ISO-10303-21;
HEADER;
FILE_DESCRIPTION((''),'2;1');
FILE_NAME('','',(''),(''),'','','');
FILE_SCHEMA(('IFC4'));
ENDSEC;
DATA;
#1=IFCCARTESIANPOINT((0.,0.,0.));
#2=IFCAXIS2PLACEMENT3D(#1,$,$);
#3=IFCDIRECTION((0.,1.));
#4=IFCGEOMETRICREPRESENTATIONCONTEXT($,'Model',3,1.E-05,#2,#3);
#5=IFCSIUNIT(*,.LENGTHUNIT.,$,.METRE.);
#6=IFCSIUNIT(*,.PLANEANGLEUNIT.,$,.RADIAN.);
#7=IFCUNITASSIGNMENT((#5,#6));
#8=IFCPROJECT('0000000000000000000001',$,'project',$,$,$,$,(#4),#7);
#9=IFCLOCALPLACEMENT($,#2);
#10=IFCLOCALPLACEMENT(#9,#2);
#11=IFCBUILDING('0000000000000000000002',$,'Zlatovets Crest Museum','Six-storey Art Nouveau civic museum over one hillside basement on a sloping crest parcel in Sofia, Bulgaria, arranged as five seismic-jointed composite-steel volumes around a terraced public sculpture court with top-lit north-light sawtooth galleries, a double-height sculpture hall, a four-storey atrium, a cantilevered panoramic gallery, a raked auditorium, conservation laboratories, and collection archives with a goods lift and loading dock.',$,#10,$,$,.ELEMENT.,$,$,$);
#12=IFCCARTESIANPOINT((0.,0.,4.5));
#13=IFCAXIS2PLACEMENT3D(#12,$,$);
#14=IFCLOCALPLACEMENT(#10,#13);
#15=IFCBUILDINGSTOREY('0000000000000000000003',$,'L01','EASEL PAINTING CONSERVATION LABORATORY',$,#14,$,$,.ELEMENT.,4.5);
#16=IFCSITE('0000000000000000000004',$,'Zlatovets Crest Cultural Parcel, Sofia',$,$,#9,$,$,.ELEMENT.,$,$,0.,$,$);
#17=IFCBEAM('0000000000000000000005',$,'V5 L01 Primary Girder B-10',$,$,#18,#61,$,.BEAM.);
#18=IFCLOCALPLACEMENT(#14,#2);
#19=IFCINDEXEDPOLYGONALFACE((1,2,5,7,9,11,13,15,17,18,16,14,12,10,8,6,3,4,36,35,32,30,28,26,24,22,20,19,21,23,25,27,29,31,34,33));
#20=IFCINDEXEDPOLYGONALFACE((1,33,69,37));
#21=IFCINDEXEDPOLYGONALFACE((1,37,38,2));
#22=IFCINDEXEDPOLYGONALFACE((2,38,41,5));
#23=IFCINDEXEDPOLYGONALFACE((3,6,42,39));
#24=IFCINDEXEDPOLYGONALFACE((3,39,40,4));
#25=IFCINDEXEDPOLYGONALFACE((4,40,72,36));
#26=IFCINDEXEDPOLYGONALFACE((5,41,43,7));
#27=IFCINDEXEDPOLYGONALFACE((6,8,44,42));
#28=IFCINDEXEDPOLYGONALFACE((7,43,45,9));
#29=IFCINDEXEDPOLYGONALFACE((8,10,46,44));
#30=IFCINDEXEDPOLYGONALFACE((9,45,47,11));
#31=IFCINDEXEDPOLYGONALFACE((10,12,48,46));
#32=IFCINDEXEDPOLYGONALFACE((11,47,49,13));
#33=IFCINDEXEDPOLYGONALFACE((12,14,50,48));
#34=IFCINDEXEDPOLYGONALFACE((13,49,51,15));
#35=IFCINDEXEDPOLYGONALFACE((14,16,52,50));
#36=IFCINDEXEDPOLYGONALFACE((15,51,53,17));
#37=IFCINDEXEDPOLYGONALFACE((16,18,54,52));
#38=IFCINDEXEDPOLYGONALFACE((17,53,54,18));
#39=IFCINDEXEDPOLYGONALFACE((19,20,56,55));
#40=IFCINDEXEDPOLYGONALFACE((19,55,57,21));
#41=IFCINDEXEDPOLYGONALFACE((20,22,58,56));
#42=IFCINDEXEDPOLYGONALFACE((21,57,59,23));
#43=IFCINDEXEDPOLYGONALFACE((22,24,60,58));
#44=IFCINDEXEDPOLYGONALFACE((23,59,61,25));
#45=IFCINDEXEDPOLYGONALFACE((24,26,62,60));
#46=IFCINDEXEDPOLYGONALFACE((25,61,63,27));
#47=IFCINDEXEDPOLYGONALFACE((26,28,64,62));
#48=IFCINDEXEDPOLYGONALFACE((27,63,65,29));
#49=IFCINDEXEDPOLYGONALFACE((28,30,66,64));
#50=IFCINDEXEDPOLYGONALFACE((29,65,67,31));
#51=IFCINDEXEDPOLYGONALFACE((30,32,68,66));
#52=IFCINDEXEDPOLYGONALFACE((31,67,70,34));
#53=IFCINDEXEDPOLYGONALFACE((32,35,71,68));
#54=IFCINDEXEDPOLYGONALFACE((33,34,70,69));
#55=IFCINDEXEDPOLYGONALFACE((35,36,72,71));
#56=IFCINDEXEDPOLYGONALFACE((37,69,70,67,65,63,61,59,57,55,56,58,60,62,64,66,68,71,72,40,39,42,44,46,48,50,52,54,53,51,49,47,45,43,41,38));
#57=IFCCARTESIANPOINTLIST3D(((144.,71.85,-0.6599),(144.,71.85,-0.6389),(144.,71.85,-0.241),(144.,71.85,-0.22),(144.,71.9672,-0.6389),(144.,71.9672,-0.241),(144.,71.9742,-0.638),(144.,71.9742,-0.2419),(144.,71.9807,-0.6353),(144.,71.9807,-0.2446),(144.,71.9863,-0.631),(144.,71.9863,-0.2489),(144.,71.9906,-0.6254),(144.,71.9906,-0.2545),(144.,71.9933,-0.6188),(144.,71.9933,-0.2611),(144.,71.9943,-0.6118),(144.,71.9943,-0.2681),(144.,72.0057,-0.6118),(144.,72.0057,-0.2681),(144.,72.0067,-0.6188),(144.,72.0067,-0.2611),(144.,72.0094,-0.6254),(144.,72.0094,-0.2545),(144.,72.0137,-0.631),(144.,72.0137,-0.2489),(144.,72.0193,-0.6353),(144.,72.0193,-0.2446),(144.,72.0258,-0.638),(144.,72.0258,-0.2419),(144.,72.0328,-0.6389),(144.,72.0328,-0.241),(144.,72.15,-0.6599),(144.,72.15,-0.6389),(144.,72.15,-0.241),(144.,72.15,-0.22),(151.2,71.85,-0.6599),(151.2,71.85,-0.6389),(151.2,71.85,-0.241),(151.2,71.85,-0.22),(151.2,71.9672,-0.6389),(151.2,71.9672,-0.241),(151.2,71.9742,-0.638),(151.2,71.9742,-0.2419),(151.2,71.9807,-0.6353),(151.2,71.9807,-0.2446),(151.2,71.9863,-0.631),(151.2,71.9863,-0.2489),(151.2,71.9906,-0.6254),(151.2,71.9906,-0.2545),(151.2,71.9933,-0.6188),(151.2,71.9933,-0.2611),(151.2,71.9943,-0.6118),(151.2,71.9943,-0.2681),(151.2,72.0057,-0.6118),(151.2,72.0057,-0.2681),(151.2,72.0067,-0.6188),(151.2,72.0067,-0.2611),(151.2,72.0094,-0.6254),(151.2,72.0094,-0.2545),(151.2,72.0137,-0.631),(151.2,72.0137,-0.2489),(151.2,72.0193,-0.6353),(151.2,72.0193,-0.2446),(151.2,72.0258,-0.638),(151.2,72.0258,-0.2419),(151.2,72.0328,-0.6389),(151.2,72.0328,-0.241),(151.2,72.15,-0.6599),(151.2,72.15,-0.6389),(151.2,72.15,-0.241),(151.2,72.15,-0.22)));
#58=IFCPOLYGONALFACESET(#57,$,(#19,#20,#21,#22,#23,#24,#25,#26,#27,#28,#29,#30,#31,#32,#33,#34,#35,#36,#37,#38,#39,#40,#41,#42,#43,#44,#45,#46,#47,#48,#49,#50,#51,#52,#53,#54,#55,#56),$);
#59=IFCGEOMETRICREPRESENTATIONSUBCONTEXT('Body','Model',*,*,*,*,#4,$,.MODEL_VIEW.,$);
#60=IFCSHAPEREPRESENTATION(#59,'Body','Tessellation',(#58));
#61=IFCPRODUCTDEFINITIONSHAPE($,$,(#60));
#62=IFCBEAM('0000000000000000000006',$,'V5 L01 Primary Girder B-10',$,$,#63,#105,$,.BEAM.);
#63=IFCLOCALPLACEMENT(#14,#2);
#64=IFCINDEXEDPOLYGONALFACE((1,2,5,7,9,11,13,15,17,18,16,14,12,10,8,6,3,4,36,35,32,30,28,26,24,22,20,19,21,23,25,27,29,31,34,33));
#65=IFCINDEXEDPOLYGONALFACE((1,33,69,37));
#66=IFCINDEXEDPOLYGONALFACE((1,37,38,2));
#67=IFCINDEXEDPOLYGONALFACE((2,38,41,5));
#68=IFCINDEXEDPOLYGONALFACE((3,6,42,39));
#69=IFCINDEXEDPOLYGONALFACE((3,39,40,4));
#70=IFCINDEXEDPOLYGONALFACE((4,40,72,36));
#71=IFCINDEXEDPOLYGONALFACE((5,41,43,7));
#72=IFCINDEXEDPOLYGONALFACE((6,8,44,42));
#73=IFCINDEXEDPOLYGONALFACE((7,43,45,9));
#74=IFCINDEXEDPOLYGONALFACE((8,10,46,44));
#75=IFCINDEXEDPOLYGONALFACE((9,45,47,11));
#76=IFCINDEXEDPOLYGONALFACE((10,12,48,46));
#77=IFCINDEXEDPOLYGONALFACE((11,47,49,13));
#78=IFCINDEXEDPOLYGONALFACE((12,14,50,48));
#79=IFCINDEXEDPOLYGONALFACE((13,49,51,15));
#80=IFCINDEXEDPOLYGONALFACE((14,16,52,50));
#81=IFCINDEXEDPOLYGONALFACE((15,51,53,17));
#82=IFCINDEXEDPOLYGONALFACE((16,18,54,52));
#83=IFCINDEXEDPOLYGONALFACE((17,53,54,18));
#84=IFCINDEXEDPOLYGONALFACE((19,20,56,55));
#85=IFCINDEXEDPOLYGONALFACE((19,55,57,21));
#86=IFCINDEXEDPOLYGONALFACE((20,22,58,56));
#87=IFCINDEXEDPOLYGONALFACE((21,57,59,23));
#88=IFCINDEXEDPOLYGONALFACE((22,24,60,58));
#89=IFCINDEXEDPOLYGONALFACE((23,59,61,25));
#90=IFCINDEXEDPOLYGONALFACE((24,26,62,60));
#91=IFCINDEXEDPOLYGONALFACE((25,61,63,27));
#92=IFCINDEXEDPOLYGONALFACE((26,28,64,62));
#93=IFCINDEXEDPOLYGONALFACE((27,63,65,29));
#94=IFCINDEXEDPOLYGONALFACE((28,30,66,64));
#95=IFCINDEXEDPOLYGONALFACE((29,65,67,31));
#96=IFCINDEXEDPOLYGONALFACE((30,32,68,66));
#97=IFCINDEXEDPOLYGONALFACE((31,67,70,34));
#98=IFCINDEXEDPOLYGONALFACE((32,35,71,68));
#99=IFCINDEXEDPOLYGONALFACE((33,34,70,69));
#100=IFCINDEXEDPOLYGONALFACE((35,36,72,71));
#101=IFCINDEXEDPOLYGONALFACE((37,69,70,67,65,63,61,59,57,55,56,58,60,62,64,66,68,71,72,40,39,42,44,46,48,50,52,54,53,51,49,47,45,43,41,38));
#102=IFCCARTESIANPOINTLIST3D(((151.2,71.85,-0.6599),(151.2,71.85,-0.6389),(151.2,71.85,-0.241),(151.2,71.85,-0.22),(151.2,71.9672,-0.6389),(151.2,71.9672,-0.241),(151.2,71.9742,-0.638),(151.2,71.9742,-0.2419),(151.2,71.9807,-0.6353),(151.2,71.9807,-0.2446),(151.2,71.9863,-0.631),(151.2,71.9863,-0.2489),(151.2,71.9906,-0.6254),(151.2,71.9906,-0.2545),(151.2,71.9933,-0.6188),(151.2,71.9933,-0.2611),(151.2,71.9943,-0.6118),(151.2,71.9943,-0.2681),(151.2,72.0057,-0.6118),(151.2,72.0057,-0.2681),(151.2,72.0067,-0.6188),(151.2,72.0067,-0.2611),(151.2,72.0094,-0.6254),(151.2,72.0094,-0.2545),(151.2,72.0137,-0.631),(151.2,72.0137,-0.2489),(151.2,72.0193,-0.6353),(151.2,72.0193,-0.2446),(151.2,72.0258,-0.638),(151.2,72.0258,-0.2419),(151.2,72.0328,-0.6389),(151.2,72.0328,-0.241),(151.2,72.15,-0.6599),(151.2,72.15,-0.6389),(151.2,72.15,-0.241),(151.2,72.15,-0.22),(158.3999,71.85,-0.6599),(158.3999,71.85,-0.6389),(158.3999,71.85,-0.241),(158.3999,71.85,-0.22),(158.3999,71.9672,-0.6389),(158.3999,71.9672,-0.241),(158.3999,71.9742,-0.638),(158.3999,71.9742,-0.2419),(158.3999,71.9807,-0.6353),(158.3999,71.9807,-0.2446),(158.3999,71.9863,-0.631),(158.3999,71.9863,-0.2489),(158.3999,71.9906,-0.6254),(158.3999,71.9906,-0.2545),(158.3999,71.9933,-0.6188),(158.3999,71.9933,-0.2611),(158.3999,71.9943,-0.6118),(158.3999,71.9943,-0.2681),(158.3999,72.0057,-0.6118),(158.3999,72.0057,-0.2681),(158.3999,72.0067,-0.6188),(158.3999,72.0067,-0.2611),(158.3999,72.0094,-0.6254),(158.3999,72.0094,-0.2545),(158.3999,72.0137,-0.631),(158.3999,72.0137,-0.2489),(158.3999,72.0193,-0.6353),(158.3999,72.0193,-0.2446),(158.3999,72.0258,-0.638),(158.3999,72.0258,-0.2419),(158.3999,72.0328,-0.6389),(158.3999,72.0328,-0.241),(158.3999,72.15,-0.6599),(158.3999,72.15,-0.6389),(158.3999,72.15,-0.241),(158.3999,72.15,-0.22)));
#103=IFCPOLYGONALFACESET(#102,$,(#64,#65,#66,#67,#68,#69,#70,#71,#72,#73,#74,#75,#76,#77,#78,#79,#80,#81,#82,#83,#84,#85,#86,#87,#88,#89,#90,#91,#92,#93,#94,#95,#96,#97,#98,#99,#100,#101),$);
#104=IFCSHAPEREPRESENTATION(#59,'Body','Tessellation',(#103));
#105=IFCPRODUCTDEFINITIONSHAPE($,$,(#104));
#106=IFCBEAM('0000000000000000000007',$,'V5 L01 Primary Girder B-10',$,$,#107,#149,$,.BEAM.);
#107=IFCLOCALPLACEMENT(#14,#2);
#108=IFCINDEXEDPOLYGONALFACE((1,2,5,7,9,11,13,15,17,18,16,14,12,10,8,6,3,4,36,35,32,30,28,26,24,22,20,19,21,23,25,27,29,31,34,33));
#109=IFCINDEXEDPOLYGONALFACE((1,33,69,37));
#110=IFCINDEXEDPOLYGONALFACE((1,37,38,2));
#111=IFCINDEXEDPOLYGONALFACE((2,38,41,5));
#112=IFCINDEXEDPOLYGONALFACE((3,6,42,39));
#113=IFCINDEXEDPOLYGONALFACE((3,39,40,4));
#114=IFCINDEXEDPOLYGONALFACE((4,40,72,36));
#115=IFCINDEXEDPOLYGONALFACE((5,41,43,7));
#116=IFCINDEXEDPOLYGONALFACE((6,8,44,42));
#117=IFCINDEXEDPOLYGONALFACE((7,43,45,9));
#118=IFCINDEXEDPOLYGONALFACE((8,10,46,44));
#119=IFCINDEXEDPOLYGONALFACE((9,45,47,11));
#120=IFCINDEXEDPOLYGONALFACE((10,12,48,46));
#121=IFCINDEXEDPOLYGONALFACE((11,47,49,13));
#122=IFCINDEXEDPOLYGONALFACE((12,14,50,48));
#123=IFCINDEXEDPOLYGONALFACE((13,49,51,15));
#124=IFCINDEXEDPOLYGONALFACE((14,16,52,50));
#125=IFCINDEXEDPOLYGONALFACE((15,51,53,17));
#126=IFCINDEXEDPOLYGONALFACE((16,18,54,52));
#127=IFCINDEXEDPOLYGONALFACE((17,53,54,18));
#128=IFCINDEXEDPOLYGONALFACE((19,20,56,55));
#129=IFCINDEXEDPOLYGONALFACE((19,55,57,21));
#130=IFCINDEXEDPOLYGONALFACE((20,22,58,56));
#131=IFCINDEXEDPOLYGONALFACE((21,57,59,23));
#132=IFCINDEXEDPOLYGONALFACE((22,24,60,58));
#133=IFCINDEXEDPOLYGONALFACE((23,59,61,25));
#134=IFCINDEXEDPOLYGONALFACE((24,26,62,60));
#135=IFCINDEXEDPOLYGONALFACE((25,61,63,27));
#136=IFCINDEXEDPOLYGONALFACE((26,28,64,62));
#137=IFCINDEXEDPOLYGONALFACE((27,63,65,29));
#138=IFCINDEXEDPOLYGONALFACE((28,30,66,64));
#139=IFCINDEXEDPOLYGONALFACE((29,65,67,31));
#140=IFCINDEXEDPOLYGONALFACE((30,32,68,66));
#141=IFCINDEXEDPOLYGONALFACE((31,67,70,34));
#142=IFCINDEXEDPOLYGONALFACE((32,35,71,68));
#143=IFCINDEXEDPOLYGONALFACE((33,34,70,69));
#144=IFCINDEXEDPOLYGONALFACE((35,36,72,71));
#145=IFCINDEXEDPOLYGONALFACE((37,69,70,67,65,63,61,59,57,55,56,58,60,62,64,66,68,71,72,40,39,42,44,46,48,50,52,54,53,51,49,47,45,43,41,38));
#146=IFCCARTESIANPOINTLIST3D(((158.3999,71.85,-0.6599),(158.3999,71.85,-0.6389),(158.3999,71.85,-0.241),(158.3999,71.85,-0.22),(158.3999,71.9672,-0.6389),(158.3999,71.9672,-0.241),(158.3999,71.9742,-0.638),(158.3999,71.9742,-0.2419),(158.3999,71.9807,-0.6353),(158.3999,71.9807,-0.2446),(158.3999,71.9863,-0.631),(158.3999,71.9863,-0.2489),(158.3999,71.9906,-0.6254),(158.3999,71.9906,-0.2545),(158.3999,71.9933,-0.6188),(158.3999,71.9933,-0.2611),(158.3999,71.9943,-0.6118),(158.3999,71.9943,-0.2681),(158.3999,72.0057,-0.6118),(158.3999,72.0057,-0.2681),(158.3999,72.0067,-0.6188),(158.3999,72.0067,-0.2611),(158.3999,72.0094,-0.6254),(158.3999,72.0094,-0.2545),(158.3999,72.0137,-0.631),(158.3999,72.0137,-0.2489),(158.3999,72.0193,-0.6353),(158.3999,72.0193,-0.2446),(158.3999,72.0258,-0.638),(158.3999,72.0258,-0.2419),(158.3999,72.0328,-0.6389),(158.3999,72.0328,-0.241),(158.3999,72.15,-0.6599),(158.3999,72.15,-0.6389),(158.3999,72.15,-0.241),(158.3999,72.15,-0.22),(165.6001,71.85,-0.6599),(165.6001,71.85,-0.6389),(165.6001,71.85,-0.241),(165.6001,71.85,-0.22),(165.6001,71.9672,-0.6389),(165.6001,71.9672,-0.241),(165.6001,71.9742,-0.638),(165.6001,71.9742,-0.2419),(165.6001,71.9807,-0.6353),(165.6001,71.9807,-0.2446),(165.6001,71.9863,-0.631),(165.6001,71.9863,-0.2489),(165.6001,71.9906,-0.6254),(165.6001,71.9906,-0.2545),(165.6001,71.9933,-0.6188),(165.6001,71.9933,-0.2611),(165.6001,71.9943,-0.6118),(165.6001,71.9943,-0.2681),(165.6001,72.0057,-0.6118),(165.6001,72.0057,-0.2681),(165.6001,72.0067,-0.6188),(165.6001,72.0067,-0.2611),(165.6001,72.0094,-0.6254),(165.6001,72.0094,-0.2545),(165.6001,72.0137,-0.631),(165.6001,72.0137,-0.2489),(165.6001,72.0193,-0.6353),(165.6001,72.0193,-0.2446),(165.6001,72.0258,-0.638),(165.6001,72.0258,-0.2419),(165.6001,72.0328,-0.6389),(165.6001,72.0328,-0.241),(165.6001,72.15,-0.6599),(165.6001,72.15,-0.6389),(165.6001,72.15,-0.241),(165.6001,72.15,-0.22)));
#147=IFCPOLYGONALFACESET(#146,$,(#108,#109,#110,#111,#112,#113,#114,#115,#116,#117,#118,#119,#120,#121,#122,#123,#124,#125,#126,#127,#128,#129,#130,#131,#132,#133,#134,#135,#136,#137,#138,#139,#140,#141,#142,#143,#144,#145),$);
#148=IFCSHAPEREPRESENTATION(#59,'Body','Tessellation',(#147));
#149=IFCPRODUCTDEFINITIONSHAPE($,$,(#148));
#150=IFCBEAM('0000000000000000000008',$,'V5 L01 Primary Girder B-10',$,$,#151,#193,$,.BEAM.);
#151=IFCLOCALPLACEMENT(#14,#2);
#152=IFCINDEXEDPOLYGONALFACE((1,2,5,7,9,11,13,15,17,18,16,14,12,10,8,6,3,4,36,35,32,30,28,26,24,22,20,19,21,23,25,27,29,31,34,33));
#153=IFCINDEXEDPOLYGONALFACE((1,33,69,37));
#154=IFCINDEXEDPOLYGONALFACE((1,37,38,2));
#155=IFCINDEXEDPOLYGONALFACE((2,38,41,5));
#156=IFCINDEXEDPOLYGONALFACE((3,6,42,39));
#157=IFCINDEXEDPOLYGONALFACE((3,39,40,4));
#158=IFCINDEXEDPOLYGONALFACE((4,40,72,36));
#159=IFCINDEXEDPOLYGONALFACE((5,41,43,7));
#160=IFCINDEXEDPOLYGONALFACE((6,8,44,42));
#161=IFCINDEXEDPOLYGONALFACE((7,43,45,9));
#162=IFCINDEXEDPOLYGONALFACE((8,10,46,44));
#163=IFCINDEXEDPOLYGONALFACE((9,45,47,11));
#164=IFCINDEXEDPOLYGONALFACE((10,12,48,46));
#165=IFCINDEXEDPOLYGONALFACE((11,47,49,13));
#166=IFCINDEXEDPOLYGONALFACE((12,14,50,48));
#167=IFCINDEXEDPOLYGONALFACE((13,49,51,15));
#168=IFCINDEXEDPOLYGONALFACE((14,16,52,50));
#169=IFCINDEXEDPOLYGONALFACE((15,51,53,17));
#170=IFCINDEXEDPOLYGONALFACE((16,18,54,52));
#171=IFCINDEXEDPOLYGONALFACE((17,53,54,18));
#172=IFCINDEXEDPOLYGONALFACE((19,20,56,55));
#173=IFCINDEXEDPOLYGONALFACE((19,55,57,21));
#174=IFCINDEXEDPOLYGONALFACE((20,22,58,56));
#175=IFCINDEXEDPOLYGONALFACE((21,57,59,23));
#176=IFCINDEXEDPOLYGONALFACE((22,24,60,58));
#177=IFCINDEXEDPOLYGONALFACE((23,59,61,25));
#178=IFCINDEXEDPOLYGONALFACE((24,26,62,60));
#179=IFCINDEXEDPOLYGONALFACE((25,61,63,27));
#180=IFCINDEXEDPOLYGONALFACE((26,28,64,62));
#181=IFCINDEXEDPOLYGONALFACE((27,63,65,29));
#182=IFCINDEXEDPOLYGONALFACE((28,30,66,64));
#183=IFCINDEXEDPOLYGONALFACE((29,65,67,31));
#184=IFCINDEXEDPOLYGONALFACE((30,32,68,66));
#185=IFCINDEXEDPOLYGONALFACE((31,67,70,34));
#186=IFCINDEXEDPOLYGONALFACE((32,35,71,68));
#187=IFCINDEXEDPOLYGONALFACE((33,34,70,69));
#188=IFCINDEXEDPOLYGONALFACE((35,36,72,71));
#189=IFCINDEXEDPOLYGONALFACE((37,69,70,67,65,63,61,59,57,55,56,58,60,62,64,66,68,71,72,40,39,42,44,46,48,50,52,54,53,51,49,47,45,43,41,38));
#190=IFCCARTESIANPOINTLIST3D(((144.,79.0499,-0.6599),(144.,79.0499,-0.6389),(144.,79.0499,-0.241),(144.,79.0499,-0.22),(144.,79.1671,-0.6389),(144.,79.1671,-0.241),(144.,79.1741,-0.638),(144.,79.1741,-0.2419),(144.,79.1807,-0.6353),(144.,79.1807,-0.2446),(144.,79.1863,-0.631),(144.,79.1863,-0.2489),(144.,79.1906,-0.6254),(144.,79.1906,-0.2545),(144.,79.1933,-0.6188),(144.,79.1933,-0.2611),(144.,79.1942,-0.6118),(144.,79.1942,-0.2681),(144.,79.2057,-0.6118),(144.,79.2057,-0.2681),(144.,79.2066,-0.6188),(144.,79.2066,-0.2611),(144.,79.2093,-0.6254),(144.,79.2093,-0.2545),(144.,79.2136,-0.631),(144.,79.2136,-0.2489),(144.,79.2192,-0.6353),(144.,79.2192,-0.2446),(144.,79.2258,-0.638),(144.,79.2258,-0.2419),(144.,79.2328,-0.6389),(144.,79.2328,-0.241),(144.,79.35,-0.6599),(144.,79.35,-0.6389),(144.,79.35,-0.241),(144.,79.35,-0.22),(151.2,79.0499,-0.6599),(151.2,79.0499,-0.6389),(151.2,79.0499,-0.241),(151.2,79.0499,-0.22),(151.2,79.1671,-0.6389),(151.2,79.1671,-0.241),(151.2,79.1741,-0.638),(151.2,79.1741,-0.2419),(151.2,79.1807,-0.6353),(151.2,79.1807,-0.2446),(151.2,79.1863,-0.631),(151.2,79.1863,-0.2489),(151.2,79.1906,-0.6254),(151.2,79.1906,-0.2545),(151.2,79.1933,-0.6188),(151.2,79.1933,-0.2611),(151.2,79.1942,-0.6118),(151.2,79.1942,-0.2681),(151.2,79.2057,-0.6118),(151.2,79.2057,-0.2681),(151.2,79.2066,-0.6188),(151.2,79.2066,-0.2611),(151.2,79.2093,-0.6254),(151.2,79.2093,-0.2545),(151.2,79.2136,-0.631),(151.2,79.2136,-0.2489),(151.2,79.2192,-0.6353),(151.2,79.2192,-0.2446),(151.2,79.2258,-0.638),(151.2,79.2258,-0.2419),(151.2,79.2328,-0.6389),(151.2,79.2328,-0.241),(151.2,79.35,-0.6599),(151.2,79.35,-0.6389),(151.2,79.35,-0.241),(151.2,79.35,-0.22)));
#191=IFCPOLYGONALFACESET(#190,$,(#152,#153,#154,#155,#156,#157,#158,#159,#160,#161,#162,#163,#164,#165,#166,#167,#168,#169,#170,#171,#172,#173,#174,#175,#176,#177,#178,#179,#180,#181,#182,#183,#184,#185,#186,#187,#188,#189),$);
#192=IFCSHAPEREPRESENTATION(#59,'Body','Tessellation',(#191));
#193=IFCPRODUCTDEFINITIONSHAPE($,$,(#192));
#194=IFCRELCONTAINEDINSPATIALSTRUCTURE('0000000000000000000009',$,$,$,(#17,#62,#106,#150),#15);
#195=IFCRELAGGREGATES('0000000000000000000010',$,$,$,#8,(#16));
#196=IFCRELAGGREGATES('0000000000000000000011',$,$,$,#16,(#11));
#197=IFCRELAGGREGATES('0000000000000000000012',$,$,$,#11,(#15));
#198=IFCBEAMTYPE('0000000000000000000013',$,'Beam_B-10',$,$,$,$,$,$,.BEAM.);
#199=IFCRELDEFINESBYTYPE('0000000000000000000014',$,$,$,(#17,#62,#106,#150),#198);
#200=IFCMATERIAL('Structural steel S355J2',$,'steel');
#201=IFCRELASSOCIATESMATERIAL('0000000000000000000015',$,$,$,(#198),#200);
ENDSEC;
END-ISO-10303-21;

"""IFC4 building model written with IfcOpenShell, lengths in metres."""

from ifc_helpers import new_model, si_unit, direction, frame, origin, origin_2d, place, context, subcontext, project, spatial, i_section, extrude, material, material_profile, profile_set, type_object, element, save


model = new_model("IFC4")

# Units and contexts
model_context = context("Model", 3, precision=1e-05, world=origin(), true_north=direction((0.0, 1.0)))
body_context = subcontext(model_context, "Body", "Model", "MODEL_VIEW")
ifc_project = project(units=[si_unit("LENGTHUNIT", "METRE"), si_unit("PLANEANGLEUNIT", "RADIAN")], contexts=[model_context])

# Site, building, storey
site_placement = place(None, origin())
site = spatial("IfcSite", under=ifc_project, at=site_placement, Name="Zlatovets Crest Cultural Parcel, Sofia", CompositionType="ELEMENT", RefElevation=0.0)
building_placement = place(site_placement, origin())
building = spatial("IfcBuilding", under=site, at=building_placement, Name="Zlatovets Crest Museum", Description="Six-storey Art Nouveau civic museum over one hillside basement on a sloping crest parcel in Sofia, Bulgaria, arranged as five seismic-jointed composite-steel volumes around a terraced public sculpture court with top-lit north-light sawtooth galleries, a double-height sculpture hall, a four-storey atrium, a cantilevered panoramic gallery, a raked auditorium, conservation laboratories, and collection archives with a goods lift and loading dock.", CompositionType="ELEMENT")
storey_placement = place(building_placement, frame((0.0, 0.0, 4.5)))
storey = spatial("IfcBuildingStorey", under=building, at=storey_placement, Name="L01", Description="EASEL PAINTING CONSERVATION LABORATORY", CompositionType="ELEMENT", Elevation=4.5)

# Shared definitions
ifc_material_1 = material(Name="Structural steel S355J2", Category="steel")

# Beams
ifc_material_profile_1 = material_profile(ifc_material_1, i_section(OverallWidth=0.3, OverallDepth=0.4399, WebThickness=0.0115, FlangeThickness=0.021, FilletRadius=0.0271, at=origin_2d()), Name="HEA 450")
ifc_profile_set_1 = profile_set([ifc_material_profile_1], Name="Structural steel S355J2")
beam_type_1 = type_object("IfcBeamType", Name="Beam_B-10", PredefinedType="BEAM", material=ifc_profile_set_1)
for number, where, z_axis, x_axis, name in (
    (1, (144.0, 72.0, -0.4399), (1.0, 0.0, 0.0), (0.0, 1.0, 0.0), "V5 L01 Primary Girder B-10"),
    (2, (151.2, 72.0, -0.4399), (1.0, 0.0, 0.0), (0.0, 1.0, 0.0), "V5 L01 Primary Girder B-10"),
):
    element("IfcBeam", number, at=place(storey_placement, frame(where, z_axis=z_axis, x_axis=x_axis)), inside=storey, type_object=beam_type_1, Name=name, PredefinedType="BEAM", context=body_context, shape_type="SweptSolid", body=[
        extrude(i_section(OverallWidth=0.3, OverallDepth=0.4399, WebThickness=0.0115, FlangeThickness=0.021, FilletRadius=0.0271, at=origin_2d()), origin(), (0.0, 0.0, 1.0), 7.2),
    ])
beam_1_placement = place(storey_placement, frame((158.3999, 72.0, -0.4399), z_axis=(1.0, 0.0, 0.0), x_axis=(0.0, 1.0, 0.0)))
element("IfcBeam", 3, at=beam_1_placement, inside=storey, type_object=beam_type_1, Name="V5 L01 Primary Girder B-10", PredefinedType="BEAM", context=body_context, shape_type="SweptSolid", body=[
    extrude(i_section(OverallWidth=0.3, OverallDepth=0.4399, WebThickness=0.0115, FlangeThickness=0.021, FilletRadius=0.0271, at=origin_2d()), origin(), (0.0, 0.0, 1.0), 7.2002),
])
for number, where, z_axis, x_axis, name in (
    (4, (144.0, 79.2, -0.4399), (1.0, 0.0, 0.0), (0.0, 1.0, 0.0), "V5 L01 Primary Girder B-10"),
):
    element("IfcBeam", number, at=place(storey_placement, frame(where, z_axis=z_axis, x_axis=x_axis)), inside=storey, type_object=beam_type_1, Name=name, PredefinedType="BEAM", context=body_context, shape_type="SweptSolid", body=[
        extrude(i_section(OverallWidth=0.3, OverallDepth=0.4399, WebThickness=0.0115, FlangeThickness=0.021, FilletRadius=0.0271, at=origin_2d()), origin(), (0.0, 0.0, 1.0), 7.2),
    ])

save(model, "model.ifc")
